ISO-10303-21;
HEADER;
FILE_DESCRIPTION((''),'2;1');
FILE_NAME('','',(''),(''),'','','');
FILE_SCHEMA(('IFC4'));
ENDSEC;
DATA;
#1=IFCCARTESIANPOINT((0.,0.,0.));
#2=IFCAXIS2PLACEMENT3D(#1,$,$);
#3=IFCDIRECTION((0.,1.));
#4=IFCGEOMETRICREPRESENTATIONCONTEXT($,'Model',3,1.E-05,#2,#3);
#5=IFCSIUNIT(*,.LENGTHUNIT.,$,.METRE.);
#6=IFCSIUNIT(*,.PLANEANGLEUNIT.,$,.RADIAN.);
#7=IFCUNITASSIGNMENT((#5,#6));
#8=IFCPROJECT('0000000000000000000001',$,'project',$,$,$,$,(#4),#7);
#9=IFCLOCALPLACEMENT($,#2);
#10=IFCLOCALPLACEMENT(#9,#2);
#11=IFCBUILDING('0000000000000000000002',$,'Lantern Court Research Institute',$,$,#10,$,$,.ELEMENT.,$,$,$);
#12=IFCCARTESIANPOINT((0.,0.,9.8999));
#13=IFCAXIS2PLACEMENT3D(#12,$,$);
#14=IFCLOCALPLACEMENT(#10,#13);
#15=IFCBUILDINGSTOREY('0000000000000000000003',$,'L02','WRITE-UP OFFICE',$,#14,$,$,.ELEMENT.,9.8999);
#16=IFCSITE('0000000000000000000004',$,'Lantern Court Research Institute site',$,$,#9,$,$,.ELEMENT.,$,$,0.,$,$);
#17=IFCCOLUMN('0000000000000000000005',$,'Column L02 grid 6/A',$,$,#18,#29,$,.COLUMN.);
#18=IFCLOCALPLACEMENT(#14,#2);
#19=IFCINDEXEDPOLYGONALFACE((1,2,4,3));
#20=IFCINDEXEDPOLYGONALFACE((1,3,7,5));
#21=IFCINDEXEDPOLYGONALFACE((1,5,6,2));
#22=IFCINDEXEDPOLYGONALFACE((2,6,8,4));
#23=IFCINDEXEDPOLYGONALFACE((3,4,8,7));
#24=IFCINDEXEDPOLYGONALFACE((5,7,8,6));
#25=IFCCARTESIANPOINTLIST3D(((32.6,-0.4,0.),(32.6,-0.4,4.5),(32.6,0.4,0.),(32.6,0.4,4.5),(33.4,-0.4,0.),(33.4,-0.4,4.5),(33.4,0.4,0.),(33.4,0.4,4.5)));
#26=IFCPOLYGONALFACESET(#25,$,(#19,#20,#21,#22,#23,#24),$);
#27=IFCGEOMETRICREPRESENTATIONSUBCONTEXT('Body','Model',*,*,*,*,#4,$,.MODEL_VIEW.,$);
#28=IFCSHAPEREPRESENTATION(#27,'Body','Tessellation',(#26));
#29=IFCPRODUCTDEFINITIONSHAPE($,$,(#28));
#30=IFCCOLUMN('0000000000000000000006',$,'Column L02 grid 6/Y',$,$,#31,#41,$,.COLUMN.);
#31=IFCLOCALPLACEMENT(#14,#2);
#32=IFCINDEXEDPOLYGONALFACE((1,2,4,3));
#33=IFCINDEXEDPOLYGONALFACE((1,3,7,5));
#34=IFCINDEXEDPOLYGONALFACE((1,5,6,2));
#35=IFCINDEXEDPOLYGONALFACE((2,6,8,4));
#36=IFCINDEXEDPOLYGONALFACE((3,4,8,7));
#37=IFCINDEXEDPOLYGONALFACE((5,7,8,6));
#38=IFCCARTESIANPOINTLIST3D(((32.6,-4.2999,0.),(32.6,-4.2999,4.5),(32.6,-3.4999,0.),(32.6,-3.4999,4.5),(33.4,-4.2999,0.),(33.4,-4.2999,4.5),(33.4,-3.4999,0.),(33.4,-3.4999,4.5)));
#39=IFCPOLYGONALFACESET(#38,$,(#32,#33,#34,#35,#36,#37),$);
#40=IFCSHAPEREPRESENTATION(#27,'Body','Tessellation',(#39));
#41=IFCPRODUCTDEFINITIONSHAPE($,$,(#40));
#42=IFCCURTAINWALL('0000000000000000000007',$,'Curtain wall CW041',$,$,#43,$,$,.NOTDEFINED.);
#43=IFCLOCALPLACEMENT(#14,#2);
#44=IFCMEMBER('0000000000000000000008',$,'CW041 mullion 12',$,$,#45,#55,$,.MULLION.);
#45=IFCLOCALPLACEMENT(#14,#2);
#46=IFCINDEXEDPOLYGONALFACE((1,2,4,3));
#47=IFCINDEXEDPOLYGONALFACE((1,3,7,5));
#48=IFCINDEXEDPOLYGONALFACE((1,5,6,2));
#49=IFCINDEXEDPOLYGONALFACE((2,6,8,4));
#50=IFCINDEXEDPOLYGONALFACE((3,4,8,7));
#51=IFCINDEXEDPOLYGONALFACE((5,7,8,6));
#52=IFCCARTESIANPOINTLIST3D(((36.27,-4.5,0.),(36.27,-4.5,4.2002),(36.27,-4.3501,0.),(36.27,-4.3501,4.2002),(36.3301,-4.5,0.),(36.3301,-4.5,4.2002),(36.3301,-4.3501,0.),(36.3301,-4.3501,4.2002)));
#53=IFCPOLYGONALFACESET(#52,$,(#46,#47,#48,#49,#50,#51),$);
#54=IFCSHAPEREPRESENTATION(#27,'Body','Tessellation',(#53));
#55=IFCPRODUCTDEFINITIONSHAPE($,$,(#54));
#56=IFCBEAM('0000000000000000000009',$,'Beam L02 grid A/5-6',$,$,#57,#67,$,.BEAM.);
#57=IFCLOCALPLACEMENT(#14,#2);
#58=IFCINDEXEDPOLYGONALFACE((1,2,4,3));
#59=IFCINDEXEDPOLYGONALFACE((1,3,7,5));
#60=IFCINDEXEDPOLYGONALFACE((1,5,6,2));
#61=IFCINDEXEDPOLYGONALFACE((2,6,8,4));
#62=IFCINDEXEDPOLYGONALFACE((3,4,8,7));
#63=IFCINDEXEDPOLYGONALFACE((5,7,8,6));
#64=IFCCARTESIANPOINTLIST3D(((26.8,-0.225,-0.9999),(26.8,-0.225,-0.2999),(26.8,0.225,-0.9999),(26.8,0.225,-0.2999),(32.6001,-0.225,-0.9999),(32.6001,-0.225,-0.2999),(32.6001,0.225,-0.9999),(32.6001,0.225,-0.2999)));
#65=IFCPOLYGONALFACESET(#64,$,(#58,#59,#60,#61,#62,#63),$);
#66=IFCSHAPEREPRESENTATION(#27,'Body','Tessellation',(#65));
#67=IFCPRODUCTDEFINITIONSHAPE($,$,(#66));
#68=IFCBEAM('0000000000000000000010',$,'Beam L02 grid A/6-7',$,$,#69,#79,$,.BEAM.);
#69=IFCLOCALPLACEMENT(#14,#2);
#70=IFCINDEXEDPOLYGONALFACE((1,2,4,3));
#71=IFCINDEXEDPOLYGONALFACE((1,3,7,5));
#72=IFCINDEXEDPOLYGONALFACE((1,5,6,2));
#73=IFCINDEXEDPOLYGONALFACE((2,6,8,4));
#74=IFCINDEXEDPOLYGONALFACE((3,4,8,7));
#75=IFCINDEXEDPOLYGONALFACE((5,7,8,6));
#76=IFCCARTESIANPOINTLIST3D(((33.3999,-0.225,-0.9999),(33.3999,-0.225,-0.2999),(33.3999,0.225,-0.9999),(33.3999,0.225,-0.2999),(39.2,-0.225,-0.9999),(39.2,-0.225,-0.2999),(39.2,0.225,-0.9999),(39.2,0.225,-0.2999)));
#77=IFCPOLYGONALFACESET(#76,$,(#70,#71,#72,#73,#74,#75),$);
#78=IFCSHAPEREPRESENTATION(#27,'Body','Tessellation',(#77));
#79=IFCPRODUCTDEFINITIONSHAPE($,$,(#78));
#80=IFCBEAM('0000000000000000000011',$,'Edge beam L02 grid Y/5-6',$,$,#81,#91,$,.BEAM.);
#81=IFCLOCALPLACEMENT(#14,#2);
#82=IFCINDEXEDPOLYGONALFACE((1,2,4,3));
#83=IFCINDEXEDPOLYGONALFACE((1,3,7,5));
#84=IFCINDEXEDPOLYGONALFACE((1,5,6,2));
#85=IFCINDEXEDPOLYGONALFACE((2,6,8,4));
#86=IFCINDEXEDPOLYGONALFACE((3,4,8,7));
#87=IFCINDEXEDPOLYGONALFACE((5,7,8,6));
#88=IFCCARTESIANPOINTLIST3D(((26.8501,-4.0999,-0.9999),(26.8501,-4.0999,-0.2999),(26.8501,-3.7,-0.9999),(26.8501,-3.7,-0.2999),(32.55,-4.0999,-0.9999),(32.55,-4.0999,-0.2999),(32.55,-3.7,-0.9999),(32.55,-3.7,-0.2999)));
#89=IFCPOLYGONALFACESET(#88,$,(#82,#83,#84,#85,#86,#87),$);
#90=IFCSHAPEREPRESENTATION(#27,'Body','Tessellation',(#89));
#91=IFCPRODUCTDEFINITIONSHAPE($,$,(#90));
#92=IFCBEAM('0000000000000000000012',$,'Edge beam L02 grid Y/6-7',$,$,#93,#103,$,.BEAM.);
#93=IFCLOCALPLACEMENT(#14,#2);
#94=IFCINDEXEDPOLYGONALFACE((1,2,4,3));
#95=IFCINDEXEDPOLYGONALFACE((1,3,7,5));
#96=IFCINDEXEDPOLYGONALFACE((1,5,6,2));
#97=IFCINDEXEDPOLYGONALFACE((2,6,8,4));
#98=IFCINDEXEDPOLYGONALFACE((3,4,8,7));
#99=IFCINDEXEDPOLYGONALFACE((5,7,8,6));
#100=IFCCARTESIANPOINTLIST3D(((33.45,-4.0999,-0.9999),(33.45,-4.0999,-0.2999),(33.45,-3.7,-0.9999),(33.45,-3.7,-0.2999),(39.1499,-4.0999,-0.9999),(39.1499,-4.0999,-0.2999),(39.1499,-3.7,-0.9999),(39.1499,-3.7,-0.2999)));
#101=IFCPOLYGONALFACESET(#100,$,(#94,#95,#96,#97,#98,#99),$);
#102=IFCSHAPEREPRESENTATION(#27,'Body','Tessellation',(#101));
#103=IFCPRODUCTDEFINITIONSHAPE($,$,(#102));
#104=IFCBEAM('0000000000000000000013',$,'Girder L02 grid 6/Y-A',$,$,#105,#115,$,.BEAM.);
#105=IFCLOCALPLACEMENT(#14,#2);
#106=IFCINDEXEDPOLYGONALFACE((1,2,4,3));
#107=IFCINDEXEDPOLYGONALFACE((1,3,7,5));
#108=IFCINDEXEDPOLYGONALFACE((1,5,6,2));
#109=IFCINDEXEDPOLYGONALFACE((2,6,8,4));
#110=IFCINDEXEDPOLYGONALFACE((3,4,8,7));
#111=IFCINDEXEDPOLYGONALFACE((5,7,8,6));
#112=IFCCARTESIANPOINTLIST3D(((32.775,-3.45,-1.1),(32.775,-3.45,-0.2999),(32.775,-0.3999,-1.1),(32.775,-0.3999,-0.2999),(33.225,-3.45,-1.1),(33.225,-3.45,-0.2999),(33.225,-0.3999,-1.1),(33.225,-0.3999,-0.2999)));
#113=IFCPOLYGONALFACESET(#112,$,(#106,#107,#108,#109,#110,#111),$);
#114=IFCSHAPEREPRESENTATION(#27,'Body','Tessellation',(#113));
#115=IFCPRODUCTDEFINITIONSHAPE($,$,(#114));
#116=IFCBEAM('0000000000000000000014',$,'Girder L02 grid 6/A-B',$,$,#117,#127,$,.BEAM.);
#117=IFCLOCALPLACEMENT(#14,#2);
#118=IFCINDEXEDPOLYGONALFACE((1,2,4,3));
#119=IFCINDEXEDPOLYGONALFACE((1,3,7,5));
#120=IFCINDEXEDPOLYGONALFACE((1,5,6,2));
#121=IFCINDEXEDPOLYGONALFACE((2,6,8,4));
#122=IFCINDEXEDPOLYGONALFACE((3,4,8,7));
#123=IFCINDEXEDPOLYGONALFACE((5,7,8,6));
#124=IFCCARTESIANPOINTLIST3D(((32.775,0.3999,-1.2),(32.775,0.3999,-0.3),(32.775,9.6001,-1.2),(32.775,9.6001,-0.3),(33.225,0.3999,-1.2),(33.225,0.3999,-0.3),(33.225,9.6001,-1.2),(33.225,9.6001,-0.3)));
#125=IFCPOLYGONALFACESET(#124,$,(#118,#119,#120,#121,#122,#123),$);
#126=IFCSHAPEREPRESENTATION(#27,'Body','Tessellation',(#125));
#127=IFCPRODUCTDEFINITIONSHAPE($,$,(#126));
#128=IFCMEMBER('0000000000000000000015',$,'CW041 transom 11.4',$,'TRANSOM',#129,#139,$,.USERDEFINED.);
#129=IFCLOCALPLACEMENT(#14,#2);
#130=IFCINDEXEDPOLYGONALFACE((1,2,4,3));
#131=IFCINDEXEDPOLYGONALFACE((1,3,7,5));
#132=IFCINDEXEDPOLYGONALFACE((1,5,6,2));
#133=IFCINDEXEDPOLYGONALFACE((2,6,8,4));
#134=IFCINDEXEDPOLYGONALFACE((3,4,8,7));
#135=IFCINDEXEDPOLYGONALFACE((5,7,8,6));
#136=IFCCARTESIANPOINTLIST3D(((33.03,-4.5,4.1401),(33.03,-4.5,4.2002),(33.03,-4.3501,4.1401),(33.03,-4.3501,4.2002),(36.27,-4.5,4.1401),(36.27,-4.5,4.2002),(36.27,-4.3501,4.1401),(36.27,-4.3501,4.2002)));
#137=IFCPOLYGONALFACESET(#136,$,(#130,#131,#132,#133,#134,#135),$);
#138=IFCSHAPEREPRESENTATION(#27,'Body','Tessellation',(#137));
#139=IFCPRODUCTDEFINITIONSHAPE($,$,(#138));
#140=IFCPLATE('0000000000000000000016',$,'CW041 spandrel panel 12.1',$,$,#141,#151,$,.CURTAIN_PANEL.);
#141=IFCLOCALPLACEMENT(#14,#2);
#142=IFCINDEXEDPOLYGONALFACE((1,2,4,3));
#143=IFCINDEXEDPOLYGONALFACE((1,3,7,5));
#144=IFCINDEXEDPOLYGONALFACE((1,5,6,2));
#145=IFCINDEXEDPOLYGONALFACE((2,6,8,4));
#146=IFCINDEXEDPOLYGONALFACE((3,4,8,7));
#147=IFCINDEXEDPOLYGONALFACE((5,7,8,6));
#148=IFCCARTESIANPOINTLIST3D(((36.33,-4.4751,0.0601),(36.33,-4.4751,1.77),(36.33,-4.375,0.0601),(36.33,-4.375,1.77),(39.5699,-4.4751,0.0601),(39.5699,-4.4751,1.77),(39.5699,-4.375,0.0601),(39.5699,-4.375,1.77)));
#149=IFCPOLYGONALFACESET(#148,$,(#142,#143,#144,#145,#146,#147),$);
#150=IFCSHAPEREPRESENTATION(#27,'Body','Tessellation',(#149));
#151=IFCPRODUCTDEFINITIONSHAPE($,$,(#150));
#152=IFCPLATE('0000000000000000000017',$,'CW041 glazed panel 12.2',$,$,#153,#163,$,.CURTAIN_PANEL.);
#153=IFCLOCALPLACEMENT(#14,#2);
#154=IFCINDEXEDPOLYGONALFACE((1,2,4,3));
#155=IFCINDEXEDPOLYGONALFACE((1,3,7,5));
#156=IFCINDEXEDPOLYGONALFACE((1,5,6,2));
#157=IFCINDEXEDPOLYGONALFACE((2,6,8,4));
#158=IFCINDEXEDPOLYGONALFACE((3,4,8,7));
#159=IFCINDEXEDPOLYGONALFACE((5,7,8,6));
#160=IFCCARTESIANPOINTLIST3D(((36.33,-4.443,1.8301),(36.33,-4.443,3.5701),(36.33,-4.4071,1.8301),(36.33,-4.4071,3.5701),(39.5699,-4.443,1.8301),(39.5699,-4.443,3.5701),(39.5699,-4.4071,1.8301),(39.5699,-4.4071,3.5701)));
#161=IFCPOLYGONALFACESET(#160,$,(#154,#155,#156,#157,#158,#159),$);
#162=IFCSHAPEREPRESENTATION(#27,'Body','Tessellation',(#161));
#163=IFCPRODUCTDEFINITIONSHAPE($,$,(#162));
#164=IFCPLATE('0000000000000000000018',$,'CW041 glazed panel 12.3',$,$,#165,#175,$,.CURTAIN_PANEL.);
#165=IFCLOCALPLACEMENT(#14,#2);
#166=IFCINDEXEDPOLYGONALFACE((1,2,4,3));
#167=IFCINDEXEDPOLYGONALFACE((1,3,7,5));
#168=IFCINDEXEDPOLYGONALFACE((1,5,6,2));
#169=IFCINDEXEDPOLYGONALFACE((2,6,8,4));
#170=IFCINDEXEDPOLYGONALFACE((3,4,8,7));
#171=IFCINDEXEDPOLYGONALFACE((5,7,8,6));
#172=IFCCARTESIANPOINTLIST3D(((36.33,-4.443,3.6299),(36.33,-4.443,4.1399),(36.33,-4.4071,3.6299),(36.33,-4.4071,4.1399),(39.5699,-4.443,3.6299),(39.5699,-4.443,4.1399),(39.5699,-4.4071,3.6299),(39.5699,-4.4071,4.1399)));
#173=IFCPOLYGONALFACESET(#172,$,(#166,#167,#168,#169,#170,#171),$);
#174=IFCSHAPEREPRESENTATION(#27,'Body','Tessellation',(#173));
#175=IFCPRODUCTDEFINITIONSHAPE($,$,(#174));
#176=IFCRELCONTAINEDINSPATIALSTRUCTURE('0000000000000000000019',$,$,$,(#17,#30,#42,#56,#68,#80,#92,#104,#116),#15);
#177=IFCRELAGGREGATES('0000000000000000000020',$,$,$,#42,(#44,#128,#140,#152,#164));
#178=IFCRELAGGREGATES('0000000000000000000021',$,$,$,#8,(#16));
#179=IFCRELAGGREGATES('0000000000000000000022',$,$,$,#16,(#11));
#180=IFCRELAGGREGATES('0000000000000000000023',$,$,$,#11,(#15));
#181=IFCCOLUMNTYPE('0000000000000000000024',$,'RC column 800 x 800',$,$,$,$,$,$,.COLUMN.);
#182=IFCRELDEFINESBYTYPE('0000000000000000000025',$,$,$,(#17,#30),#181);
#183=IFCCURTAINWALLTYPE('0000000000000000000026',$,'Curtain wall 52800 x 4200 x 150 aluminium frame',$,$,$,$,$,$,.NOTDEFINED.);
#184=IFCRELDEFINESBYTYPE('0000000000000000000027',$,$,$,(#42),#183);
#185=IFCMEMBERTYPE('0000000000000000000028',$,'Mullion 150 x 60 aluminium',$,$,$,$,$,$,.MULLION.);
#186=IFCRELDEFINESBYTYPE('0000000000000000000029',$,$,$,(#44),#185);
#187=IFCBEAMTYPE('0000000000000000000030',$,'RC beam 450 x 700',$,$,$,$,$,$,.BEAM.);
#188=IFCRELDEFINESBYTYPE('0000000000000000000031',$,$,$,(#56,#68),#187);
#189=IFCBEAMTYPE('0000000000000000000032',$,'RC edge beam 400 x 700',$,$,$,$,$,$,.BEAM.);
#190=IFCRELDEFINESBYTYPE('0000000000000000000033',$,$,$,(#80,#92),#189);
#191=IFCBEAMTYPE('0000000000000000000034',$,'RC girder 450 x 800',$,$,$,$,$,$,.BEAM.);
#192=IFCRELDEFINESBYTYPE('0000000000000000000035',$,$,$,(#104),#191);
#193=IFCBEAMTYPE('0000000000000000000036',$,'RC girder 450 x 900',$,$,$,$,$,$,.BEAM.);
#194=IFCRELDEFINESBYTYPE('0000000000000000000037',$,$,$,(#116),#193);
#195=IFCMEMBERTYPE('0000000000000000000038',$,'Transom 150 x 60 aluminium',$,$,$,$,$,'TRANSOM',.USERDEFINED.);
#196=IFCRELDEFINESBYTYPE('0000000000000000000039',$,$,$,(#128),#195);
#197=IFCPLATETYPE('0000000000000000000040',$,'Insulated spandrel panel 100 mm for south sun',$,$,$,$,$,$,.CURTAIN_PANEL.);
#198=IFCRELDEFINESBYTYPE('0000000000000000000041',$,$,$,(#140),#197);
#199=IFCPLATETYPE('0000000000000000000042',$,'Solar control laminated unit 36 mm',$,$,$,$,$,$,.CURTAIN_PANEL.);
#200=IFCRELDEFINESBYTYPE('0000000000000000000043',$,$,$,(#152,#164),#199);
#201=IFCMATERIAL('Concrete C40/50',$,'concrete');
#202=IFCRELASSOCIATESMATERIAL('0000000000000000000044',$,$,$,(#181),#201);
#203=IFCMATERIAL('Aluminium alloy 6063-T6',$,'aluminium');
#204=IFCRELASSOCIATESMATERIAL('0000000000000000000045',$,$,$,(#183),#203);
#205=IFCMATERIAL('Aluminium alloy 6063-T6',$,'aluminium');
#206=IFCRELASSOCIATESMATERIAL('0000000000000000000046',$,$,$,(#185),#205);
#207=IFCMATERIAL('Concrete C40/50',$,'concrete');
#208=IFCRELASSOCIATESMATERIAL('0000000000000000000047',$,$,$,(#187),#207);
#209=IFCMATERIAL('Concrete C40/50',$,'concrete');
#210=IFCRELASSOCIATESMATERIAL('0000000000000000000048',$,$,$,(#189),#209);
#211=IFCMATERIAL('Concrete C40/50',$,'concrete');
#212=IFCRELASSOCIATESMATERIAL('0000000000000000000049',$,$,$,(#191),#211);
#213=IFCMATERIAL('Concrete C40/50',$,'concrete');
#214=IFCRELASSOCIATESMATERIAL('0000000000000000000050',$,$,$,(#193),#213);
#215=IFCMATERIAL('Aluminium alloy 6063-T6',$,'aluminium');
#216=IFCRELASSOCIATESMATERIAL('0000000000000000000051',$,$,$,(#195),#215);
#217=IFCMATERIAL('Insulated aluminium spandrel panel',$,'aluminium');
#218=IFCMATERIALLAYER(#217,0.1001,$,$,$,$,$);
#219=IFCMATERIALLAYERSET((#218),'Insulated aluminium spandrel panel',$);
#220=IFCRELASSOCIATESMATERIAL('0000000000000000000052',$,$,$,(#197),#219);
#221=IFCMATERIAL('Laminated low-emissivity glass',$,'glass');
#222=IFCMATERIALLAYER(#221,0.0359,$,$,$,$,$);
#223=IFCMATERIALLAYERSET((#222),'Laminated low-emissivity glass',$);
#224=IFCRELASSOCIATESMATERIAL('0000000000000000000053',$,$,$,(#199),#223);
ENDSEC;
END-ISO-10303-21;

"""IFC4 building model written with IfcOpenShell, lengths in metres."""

from ifc_helpers import new_model, si_unit, direction, frame, origin, origin_2d, place, context, subcontext, project, spatial, rectangle, extrude, material, layer, layer_set, material_profile, profile_set, type_object, element, aggregate, save


model = new_model("IFC4")

# Units and contexts
model_context = context("Model", 3, precision=1e-05, world=origin(), true_north=direction((0.0, 1.0)))
body_context = subcontext(model_context, "Body", "Model", "MODEL_VIEW")
ifc_project = project(units=[si_unit("LENGTHUNIT", "METRE"), si_unit("PLANEANGLEUNIT", "RADIAN")], contexts=[model_context])

# Site, building, storey
site_placement = place(None, origin())
site = spatial("IfcSite", under=ifc_project, at=site_placement, Name="Lantern Court Research Institute site", CompositionType="ELEMENT", RefElevation=0.0)
building_placement = place(site_placement, origin())
building = spatial("IfcBuilding", under=site, at=building_placement, Name="Lantern Court Research Institute", CompositionType="ELEMENT")
storey_placement = place(building_placement, frame((0.0, 0.0, 9.8999)))
storey = spatial("IfcBuildingStorey", under=building, at=storey_placement, Name="L02", Description="WRITE-UP OFFICE", CompositionType="ELEMENT", Elevation=9.8999)

# Columns
ifc_material_1 = material(Name="Concrete C40/50", Category="concrete")
ifc_material_profile_1 = material_profile(ifc_material_1, rectangle(XDim=0.8, YDim=0.8, at=origin_2d()), Name="RC column 800 x 800")
ifc_profile_set_1 = profile_set([ifc_material_profile_1], Name="Concrete C40/50")
column_type = type_object("IfcColumnType", Name="RC column 800 x 800", PredefinedType="COLUMN", material=ifc_profile_set_1)
for number, where, z_axis, x_axis, name in (
    (1, (33.0, 0.0, 0.0), (0.0, 0.0, 1.0), (1.0, 0.0, 0.0), "Column L02 grid 6/A"),
    (2, (33.0, -3.8999, 0.0), (0.0, 0.0, 1.0), (1.0, 0.0, 0.0), "Column L02 grid 6/Y"),
):
    element("IfcColumn", number, at=place(storey_placement, frame(where, z_axis=z_axis, x_axis=x_axis)), inside=storey, type_object=column_type, Name=name, PredefinedType="COLUMN", context=body_context, shape_type="SweptSolid", body=[
        extrude(rectangle(XDim=0.8, YDim=0.8, at=origin_2d()), origin(), (0.0, 0.0, 1.0), 4.5),
    ])

# Curtain wall, member
ifc_material_2 = material(Name="Aluminium alloy 6063-T6", Category="aluminium")
curtain_wall_type = type_object("IfcCurtainWallType", Name="Curtain wall 52800 x 4200 x 150 aluminium frame", PredefinedType="NOTDEFINED", material=ifc_material_2)
curtain_wall_placement = place(storey_placement, origin())
curtain_wall = element("IfcCurtainWall", 3, at=curtain_wall_placement, inside=storey, type_object=curtain_wall_type, Name="Curtain wall CW041", PredefinedType="NOTDEFINED")
ifc_material_3 = material(Name="Aluminium alloy 6063-T6", Category="aluminium")
ifc_material_profile_2 = material_profile(ifc_material_3, rectangle(XDim=0.1499, YDim=0.0601, at=origin_2d()), Name="Mullion 150 x 60")
ifc_profile_set_2 = profile_set([ifc_material_profile_2], Name="Aluminium alloy 6063-T6")
member_type_1 = type_object("IfcMemberType", Name="Mullion 150 x 60 aluminium", PredefinedType="MULLION", material=ifc_profile_set_2)
member_1_placement = place(storey_placement, frame((36.3, -4.425, 0.0), z_axis=(0.0, 0.0, 1.0), x_axis=(0.0, -1.0, 0.0)))
member_1 = element("IfcMember", 4, at=member_1_placement, type_object=member_type_1, Name="CW041 mullion 12", PredefinedType="MULLION", context=body_context, shape_type="SweptSolid", body=[
    extrude(rectangle(XDim=0.1499, YDim=0.0601, at=origin_2d()), origin(), (0.0, 0.0, 1.0), 4.2002),
])

# Beams
ifc_material_4 = material(Name="Concrete C40/50", Category="concrete")
ifc_material_profile_3 = material_profile(ifc_material_4, rectangle(XDim=0.45, YDim=0.7, at=origin_2d()), Name="RC beam 450 x 700")
ifc_profile_set_3 = profile_set([ifc_material_profile_3], Name="Concrete C40/50")
beam_type_1 = type_object("IfcBeamType", Name="RC beam 450 x 700", PredefinedType="BEAM", material=ifc_profile_set_3)
for number, where, z_axis, x_axis, name in (
    (5, (26.8, 0.0, -0.6499), (1.0, 0.0, 0.0), (0.0, 1.0, 0.0), "Beam L02 grid A/5-6"),
    (6, (33.3999, 0.0, -0.6499), (1.0, 0.0, 0.0), (0.0, 1.0, 0.0), "Beam L02 grid A/6-7"),
):
    element("IfcBeam", number, at=place(storey_placement, frame(where, z_axis=z_axis, x_axis=x_axis)), inside=storey, type_object=beam_type_1, Name=name, PredefinedType="BEAM", context=body_context, shape_type="SweptSolid", body=[
        extrude(rectangle(XDim=0.45, YDim=0.7, at=origin_2d()), origin(), (0.0, 0.0, 1.0), 5.8),
    ])
ifc_material_5 = material(Name="Concrete C40/50", Category="concrete")
ifc_material_profile_4 = material_profile(ifc_material_5, rectangle(XDim=0.3999, YDim=0.7, at=origin_2d()), Name="RC beam 400 x 700")
ifc_profile_set_4 = profile_set([ifc_material_profile_4], Name="Concrete C40/50")
beam_type_2 = type_object("IfcBeamType", Name="RC edge beam 400 x 700", PredefinedType="BEAM", material=ifc_profile_set_4)
for number, where, z_axis, x_axis, name in (
    (7, (26.8501, -3.8999, -0.6499), (1.0, 0.0, 0.0), (0.0, 1.0, 0.0), "Edge beam L02 grid Y/5-6"),
    (8, (33.45, -3.8999, -0.6499), (1.0, 0.0, 0.0), (0.0, 1.0, 0.0), "Edge beam L02 grid Y/6-7"),
):
    element("IfcBeam", number, at=place(storey_placement, frame(where, z_axis=z_axis, x_axis=x_axis)), inside=storey, type_object=beam_type_2, Name=name, PredefinedType="BEAM", context=body_context, shape_type="SweptSolid", body=[
        extrude(rectangle(XDim=0.3999, YDim=0.7, at=origin_2d()), origin(), (0.0, 0.0, 1.0), 5.7),
    ])
ifc_material_6 = material(Name="Concrete C40/50", Category="concrete")
ifc_material_profile_5 = material_profile(ifc_material_6, rectangle(XDim=0.45, YDim=0.8, at=origin_2d()), Name="RC beam 450 x 800")
ifc_profile_set_5 = profile_set([ifc_material_profile_5], Name="Concrete C40/50")
beam_type_3 = type_object("IfcBeamType", Name="RC girder 450 x 800", PredefinedType="BEAM", material=ifc_profile_set_5)
beam_1_placement = place(storey_placement, frame((33.0, -3.45, -0.7), z_axis=(0.0, 1.0, 0.0), x_axis=(-1.0, 0.0, 0.0)))
element("IfcBeam", 9, at=beam_1_placement, inside=storey, type_object=beam_type_3, Name="Girder L02 grid 6/Y-A", PredefinedType="BEAM", context=body_context, shape_type="SweptSolid", body=[
    extrude(rectangle(XDim=0.45, YDim=0.8, at=origin_2d()), origin(), (0.0, 0.0, 1.0), 3.05),
])
ifc_material_7 = material(Name="Concrete C40/50", Category="concrete")
ifc_material_profile_6 = material_profile(ifc_material_7, rectangle(XDim=0.45, YDim=0.8999, at=origin_2d()), Name="RC beam 450 x 900")
ifc_profile_set_6 = profile_set([ifc_material_profile_6], Name="Concrete C40/50")
beam_type_4 = type_object("IfcBeamType", Name="RC girder 450 x 900", PredefinedType="BEAM", material=ifc_profile_set_6)
beam_2_placement = place(storey_placement, frame((33.0, 0.3999, -0.75), z_axis=(0.0, 1.0, 0.0), x_axis=(-1.0, 0.0, 0.0)))
element("IfcBeam", 10, at=beam_2_placement, inside=storey, type_object=beam_type_4, Name="Girder L02 grid 6/A-B", PredefinedType="BEAM", context=body_context, shape_type="SweptSolid", body=[
    extrude(rectangle(XDim=0.45, YDim=0.8999, at=origin_2d()), origin(), (0.0, 0.0, 1.0), 9.2002),
])

# Member
ifc_material_8 = material(Name="Aluminium alloy 6063-T6", Category="aluminium")
ifc_material_profile_7 = material_profile(ifc_material_8, rectangle(XDim=0.1499, YDim=0.0601, at=origin_2d()), Name="Transom 150 x 60")
ifc_profile_set_7 = profile_set([ifc_material_profile_7], Name="Aluminium alloy 6063-T6")
member_type_2 = type_object("IfcMemberType", Name="Transom 150 x 60 aluminium", ElementType="TRANSOM", PredefinedType="USERDEFINED", material=ifc_profile_set_7)
member_2_placement = place(storey_placement, frame((36.27, -4.425, 4.1702), z_axis=(-1.0, 0.0, 0.0), x_axis=(0.0, -1.0, 0.0)))
member_2 = element("IfcMember", 11, at=member_2_placement, type_object=member_type_2, Name="CW041 transom 11.4", ObjectType="TRANSOM", PredefinedType="USERDEFINED", context=body_context, shape_type="SweptSolid", body=[
    extrude(rectangle(XDim=0.1499, YDim=0.0601, at=origin_2d()), origin(), (0.0, 0.0, 1.0), 3.24),
])

# Plates
ifc_material_9 = material(Name="Insulated aluminium spandrel panel", Category="aluminium")
ifc_layer_1 = layer(ifc_material_9, 0.1001)
ifc_layer_set_1 = layer_set([ifc_layer_1], Name="Insulated aluminium spandrel panel")
plate_type_1 = type_object("IfcPlateType", Name="Insulated spandrel panel 100 mm for south sun", PredefinedType="CURTAIN_PANEL", material=ifc_layer_set_1)
plate_1_placement = place(storey_placement, frame((37.95, -4.425, 0.0601), z_axis=(0.0, 0.0, 1.0), x_axis=(-1.0, 0.0, 0.0)))
plate_1 = element("IfcPlate", 12, at=plate_1_placement, type_object=plate_type_1, Name="CW041 spandrel panel 12.1", PredefinedType="CURTAIN_PANEL", context=body_context, shape_type="SweptSolid", body=[
    extrude(rectangle(XDim=3.24, YDim=0.1001, at=origin_2d()), origin(), (0.0, 0.0, 1.0), 1.71),
])
ifc_material_10 = material(Name="Laminated low-emissivity glass", Category="glass")
ifc_layer_2 = layer(ifc_material_10, 0.0359)
ifc_layer_set_2 = layer_set([ifc_layer_2], Name="Laminated low-emissivity glass")
plate_type_2 = type_object("IfcPlateType", Name="Solar control laminated unit 36 mm", PredefinedType="CURTAIN_PANEL", material=ifc_layer_set_2)
plate_2_placement = place(storey_placement, frame((37.95, -4.425, 1.8301), z_axis=(0.0, 0.0, 1.0), x_axis=(-1.0, 0.0, 0.0)))
plate_2 = element("IfcPlate", 13, at=plate_2_placement, type_object=plate_type_2, Name="CW041 glazed panel 12.2", PredefinedType="CURTAIN_PANEL", context=body_context, shape_type="SweptSolid", body=[
    extrude(rectangle(XDim=3.24, YDim=0.0359, at=origin_2d()), origin(), (0.0, 0.0, 1.0), 1.74),
])
plate_3_placement = place(storey_placement, frame((37.95, -4.425, 3.6299), z_axis=(0.0, 0.0, 1.0), x_axis=(-1.0, 0.0, 0.0)))
plate_3 = element("IfcPlate", 14, at=plate_3_placement, type_object=plate_type_2, Name="CW041 glazed panel 12.3", PredefinedType="CURTAIN_PANEL", context=body_context, shape_type="SweptSolid", body=[
    extrude(rectangle(XDim=3.24, YDim=0.0359, at=origin_2d()), origin(), (0.0, 0.0, 1.0), 0.51),
])
aggregate(curtain_wall, [member_1, member_2, plate_1, plate_2, plate_3])

save(model, "model.ifc")
